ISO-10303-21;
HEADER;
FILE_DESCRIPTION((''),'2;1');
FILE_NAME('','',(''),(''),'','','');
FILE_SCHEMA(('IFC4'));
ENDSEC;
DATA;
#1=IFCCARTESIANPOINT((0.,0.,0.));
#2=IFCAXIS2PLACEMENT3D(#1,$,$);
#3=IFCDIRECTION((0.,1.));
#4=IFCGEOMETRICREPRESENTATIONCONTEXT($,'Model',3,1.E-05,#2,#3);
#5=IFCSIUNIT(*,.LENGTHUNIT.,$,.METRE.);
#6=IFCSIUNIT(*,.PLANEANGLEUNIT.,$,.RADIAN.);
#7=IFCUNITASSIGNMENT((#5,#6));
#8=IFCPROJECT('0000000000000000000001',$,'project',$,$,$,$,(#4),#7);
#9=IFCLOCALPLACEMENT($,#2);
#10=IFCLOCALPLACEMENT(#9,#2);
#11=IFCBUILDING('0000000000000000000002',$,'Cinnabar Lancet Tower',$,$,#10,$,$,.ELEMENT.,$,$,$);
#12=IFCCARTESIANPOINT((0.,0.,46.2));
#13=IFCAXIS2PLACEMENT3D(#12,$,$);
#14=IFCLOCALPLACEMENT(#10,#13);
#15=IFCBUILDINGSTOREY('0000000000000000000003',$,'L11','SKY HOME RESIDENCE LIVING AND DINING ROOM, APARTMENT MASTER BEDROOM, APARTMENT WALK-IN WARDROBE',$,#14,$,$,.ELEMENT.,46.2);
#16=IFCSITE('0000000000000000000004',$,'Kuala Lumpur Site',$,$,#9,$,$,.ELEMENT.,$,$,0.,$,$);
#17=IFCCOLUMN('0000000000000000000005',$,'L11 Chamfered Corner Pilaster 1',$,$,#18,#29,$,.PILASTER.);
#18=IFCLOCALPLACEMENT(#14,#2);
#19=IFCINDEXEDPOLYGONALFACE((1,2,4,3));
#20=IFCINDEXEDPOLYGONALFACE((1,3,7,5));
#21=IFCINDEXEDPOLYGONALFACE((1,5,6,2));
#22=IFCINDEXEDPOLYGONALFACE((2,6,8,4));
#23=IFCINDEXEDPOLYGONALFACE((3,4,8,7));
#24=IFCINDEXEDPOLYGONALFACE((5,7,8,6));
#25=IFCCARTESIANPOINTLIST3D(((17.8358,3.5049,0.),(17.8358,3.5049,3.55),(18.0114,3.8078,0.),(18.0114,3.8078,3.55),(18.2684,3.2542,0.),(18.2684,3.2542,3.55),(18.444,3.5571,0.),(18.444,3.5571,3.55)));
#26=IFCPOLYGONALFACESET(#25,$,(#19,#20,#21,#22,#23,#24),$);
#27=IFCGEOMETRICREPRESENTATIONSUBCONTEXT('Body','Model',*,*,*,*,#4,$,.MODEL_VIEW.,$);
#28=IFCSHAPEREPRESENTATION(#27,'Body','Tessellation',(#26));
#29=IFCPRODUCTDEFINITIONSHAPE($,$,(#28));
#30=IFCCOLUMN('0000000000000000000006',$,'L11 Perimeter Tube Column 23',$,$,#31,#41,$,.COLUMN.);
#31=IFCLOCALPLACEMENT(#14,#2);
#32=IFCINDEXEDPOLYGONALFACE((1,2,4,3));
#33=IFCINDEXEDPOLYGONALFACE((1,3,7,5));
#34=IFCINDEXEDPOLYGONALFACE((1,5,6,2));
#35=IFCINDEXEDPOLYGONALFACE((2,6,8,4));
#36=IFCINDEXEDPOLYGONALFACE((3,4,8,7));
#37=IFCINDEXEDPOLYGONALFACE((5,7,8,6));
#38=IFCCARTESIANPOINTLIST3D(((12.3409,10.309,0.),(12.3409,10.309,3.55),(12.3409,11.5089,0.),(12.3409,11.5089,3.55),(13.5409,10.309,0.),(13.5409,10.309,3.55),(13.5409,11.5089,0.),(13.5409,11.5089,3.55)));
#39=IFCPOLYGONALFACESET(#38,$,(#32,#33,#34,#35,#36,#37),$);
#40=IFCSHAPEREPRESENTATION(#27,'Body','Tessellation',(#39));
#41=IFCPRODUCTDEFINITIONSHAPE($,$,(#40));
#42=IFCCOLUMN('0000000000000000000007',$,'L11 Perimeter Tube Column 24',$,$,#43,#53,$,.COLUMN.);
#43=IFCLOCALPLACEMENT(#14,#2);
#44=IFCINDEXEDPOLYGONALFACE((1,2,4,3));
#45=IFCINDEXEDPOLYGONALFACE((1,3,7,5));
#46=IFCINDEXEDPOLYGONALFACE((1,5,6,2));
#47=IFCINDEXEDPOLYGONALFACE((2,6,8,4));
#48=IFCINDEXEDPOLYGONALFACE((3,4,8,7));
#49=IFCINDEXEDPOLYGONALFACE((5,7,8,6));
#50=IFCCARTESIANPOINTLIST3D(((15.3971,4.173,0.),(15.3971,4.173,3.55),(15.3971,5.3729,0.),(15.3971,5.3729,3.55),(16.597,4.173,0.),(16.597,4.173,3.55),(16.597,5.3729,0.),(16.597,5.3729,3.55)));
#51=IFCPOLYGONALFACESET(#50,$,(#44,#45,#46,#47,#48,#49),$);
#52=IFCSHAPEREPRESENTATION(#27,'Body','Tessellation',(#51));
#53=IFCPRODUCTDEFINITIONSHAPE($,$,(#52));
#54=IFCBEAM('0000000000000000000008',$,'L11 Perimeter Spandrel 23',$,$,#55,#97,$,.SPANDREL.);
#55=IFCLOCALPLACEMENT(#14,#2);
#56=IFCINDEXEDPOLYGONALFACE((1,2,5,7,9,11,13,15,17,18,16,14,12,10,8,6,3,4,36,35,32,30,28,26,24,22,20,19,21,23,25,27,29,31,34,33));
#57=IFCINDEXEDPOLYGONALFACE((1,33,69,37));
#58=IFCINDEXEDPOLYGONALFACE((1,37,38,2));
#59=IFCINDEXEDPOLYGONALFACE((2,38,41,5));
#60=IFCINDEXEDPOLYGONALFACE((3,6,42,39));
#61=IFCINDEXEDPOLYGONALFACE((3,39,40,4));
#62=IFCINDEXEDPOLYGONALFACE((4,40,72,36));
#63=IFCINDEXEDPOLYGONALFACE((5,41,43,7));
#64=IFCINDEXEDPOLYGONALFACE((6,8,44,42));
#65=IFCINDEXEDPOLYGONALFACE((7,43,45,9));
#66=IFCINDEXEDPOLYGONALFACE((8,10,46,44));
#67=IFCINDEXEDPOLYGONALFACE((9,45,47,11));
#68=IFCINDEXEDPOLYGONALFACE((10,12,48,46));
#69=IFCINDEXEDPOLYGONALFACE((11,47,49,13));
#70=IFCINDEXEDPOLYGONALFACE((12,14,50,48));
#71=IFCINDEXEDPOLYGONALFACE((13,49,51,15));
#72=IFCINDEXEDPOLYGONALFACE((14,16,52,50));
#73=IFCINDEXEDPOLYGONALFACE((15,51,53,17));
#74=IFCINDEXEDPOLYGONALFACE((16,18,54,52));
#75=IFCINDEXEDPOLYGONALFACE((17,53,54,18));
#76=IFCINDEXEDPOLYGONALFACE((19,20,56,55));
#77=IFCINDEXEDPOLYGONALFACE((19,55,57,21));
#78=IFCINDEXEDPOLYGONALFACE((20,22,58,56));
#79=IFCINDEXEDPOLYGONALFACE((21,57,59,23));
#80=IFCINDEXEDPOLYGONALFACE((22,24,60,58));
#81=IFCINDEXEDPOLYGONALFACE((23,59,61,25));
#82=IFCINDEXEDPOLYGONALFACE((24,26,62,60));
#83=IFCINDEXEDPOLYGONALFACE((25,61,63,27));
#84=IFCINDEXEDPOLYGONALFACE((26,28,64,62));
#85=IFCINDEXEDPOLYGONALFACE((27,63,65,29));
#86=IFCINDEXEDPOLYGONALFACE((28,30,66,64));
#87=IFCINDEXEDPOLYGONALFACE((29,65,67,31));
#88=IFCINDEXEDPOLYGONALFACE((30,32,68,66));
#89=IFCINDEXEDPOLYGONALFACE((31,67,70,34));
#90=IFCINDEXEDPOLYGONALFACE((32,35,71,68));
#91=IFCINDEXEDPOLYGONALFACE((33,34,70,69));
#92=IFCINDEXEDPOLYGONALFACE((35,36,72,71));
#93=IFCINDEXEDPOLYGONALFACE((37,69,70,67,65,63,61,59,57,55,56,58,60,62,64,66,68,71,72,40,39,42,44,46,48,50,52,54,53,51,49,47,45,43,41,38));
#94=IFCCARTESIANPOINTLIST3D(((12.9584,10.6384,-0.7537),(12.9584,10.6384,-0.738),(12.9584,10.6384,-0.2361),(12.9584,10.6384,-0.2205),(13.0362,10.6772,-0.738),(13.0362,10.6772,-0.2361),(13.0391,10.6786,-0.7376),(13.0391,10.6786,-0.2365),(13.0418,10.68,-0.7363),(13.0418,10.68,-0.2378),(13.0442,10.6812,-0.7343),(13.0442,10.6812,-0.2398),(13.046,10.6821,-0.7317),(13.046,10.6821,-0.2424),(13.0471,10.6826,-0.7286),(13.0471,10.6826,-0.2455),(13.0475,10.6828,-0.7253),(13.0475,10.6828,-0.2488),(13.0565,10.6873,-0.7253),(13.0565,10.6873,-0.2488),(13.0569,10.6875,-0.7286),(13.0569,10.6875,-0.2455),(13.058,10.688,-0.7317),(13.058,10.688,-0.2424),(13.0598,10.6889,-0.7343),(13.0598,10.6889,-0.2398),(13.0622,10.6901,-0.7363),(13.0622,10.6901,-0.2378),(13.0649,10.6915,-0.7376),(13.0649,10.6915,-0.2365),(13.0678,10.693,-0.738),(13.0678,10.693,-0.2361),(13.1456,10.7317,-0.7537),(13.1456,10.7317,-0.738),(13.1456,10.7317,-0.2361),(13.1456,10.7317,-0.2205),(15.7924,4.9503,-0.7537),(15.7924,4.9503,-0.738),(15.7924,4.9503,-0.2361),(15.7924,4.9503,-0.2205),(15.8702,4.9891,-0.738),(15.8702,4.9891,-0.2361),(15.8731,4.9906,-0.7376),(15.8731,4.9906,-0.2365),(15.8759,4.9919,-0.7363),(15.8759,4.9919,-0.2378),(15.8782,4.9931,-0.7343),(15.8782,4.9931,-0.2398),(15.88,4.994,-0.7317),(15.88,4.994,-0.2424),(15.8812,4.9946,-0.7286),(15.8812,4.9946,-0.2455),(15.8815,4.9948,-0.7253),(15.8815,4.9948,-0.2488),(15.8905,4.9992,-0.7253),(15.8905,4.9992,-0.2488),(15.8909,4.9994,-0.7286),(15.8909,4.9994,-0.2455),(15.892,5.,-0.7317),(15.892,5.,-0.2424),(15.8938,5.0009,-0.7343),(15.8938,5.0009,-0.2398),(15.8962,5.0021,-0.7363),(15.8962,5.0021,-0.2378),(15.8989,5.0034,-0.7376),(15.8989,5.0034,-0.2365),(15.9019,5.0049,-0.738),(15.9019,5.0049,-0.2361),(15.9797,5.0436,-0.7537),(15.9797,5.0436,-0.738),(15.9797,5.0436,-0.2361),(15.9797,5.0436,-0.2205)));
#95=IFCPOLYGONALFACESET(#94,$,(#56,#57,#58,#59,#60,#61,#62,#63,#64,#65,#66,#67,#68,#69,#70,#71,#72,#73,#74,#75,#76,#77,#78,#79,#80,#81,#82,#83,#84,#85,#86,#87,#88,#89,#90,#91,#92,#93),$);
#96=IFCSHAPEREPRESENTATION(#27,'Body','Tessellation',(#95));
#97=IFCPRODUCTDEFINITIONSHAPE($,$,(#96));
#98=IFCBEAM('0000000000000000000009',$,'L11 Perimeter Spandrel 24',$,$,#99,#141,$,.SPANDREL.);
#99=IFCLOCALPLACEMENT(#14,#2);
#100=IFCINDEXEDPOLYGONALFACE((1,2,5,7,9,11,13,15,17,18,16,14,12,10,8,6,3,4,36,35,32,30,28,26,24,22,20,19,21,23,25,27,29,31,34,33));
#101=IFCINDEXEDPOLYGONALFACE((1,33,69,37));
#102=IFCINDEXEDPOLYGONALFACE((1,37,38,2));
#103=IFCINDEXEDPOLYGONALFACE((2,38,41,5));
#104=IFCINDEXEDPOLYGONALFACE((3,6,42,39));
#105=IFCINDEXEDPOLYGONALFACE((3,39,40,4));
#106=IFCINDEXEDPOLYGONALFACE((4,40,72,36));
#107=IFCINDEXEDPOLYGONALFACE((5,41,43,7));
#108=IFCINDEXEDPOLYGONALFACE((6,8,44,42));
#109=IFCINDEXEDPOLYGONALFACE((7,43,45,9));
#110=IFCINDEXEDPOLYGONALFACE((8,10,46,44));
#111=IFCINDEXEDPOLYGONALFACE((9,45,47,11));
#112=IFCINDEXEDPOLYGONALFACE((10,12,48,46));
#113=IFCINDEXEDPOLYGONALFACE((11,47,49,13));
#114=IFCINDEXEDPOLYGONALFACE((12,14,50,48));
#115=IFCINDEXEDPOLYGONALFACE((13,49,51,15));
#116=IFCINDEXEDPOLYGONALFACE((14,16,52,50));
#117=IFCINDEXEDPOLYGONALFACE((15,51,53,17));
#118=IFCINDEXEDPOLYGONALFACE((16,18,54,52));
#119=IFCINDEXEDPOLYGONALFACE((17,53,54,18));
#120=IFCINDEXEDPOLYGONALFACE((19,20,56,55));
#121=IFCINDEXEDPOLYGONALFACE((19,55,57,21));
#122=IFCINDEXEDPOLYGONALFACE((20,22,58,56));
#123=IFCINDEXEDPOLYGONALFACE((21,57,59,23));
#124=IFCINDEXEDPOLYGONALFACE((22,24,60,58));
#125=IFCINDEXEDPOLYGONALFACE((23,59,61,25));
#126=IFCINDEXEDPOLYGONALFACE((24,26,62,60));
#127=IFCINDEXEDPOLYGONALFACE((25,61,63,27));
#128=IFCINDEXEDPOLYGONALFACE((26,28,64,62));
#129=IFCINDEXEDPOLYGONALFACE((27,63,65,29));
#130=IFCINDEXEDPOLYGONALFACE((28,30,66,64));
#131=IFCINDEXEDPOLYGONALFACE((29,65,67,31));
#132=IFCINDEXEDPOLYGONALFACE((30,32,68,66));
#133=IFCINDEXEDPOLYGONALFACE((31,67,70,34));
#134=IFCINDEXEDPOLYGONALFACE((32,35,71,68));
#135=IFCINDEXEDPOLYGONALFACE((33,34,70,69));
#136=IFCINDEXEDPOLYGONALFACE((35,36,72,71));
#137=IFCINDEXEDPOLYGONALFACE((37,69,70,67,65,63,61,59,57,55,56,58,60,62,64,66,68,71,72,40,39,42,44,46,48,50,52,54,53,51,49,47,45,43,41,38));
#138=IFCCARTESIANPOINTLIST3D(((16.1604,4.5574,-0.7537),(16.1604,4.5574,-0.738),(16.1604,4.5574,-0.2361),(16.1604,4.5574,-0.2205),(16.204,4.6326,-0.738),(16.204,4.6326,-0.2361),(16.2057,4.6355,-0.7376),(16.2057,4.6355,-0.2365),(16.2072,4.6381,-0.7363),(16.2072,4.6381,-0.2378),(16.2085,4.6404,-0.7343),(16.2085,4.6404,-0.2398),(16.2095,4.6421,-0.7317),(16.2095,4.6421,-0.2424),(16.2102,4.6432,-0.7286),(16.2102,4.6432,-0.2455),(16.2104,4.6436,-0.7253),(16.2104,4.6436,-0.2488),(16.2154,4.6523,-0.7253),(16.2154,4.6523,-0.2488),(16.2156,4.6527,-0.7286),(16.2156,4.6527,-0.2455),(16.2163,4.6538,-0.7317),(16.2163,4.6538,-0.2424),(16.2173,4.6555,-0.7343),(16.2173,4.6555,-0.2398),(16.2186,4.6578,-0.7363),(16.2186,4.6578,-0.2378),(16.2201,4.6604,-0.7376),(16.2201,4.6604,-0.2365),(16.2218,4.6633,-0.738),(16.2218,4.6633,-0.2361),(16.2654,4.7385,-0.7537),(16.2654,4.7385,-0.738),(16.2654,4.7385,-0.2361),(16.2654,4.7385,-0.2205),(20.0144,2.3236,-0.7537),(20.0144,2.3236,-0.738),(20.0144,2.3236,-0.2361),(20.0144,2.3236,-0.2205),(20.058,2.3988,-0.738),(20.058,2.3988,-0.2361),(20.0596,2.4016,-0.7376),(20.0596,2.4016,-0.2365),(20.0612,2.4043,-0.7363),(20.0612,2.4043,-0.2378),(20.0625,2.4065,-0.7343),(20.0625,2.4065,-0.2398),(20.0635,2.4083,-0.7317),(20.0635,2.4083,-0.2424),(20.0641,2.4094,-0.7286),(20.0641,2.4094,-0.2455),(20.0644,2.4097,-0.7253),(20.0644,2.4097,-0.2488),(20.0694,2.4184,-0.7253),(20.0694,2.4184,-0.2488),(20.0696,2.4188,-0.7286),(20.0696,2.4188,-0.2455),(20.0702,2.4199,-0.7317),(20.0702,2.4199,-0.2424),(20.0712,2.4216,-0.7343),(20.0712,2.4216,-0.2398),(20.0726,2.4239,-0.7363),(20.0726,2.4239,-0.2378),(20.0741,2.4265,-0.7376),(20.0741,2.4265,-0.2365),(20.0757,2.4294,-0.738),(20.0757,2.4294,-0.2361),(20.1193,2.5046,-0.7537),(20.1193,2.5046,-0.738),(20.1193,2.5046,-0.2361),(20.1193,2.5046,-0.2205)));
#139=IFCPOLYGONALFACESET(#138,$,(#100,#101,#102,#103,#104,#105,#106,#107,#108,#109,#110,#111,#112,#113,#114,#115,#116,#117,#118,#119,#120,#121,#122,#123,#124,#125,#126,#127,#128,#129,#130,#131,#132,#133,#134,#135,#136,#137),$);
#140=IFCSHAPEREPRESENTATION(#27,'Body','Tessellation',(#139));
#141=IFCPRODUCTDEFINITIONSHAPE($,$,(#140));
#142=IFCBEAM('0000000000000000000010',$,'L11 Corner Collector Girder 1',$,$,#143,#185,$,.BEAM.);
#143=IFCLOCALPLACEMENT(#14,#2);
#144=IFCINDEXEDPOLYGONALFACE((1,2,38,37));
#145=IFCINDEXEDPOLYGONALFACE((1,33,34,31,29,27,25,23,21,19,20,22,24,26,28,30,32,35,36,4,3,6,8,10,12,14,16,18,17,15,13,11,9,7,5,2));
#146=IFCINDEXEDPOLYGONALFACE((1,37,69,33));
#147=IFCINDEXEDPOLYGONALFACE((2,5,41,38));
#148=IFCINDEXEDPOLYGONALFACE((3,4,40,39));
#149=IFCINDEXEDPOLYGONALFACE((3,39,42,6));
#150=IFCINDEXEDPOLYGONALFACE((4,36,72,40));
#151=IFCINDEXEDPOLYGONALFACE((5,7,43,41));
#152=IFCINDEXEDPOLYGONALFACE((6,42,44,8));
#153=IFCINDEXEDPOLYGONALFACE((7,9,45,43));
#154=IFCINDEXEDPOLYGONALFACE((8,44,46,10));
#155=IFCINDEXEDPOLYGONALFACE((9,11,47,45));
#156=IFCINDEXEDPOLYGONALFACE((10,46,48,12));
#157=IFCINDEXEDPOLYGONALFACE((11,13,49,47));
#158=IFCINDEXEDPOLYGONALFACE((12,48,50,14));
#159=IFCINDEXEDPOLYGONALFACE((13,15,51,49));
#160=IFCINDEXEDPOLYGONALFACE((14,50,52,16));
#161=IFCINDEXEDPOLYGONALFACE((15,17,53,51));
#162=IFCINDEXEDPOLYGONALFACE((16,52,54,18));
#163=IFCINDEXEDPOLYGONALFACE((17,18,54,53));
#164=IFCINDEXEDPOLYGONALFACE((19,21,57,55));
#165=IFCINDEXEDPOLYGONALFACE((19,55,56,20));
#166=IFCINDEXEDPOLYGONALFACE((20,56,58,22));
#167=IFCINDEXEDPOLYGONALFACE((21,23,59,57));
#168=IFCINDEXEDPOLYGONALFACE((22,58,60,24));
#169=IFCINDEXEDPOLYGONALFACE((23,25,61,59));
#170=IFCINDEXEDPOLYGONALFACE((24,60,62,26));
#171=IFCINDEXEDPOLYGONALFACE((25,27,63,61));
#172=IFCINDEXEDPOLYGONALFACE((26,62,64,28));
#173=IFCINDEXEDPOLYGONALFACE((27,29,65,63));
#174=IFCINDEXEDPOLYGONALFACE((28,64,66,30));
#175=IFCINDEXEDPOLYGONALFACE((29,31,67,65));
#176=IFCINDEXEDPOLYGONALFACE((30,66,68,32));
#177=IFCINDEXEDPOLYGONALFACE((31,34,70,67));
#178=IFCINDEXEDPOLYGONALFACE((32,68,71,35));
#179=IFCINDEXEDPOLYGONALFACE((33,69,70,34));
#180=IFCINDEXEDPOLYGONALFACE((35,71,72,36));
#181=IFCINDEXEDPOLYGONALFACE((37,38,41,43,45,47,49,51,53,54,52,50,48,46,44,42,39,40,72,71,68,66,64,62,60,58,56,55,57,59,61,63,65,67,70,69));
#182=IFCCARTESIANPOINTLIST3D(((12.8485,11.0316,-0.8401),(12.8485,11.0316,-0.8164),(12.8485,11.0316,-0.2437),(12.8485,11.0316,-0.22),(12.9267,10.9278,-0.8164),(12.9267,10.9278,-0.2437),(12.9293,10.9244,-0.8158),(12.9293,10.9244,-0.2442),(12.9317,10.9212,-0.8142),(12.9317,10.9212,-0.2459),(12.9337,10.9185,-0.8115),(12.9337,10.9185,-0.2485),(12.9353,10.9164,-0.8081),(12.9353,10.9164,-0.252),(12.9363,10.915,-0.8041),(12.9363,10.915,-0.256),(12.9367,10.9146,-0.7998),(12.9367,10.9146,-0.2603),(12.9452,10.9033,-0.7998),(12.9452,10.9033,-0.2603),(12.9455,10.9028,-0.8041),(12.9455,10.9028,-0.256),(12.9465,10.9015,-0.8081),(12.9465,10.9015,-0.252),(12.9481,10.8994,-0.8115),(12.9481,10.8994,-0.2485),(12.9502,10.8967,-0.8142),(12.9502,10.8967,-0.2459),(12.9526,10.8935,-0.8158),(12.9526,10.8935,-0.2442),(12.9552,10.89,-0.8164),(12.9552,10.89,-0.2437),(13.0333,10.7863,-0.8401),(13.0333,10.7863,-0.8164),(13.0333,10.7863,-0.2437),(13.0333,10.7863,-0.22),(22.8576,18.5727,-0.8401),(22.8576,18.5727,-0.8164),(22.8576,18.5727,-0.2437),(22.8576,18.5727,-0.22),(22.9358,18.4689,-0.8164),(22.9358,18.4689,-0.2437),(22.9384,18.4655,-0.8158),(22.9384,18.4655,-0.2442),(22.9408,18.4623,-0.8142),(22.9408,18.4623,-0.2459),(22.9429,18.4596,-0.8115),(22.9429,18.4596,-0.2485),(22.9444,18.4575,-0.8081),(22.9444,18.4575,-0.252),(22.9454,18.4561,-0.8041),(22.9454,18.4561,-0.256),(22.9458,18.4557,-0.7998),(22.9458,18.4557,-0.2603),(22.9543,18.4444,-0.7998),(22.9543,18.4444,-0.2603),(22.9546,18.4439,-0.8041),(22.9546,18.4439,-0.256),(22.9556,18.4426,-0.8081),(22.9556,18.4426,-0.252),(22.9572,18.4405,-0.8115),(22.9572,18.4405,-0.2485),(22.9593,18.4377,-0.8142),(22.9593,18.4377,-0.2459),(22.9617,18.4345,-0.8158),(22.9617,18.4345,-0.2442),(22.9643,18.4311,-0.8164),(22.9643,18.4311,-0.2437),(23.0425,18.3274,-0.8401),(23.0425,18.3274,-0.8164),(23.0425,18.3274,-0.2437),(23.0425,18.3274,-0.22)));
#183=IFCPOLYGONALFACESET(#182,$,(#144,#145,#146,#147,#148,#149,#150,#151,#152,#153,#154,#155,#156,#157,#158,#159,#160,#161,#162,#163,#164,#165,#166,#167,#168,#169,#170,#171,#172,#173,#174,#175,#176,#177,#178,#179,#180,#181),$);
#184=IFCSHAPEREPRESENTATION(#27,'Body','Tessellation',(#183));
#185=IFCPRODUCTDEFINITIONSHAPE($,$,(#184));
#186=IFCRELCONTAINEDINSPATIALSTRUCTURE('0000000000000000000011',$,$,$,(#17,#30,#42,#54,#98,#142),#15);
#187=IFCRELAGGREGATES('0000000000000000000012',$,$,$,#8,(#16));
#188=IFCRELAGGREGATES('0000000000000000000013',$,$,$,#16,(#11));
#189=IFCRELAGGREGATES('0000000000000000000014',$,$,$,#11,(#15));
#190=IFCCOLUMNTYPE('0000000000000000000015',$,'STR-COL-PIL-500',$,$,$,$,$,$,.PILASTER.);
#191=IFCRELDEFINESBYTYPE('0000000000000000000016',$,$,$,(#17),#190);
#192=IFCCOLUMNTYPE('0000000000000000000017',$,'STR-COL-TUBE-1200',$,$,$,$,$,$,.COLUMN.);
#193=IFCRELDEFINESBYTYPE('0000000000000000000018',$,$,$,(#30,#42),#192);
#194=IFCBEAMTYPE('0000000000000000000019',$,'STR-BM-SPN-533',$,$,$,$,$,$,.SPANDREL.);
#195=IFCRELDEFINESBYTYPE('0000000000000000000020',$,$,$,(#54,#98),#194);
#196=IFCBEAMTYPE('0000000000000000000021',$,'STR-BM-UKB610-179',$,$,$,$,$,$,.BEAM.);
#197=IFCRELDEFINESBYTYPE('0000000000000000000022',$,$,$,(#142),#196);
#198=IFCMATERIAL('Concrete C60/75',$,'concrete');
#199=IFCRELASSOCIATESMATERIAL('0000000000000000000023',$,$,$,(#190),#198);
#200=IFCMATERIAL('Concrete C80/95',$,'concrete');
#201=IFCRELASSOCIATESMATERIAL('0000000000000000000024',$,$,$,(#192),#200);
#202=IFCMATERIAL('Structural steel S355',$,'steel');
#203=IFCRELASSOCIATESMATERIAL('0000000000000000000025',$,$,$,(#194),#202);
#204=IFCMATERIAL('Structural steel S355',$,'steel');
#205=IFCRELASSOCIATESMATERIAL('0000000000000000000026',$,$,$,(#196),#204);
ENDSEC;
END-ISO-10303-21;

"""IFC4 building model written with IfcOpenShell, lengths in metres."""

from ifc_helpers import new_model, si_unit, direction, frame, origin, origin_2d, place, context, subcontext, project, spatial, rectangle, i_section, extrude, material, material_profile, profile_set, type_object, element, save


model = new_model("IFC4")

# Units and contexts
model_context = context("Model", 3, precision=1e-05, world=origin(), true_north=direction((0.0, 1.0)))
body_context = subcontext(model_context, "Body", "Model", "MODEL_VIEW")
ifc_project = project(units=[si_unit("LENGTHUNIT", "METRE"), si_unit("PLANEANGLEUNIT", "RADIAN")], contexts=[model_context])

# Site, building, storey
site_placement = place(None, origin())
site = spatial("IfcSite", under=ifc_project, at=site_placement, Name="Kuala Lumpur Site", CompositionType="ELEMENT", RefElevation=0.0)
building_placement = place(site_placement, origin())
building = spatial("IfcBuilding", under=site, at=building_placement, Name="Cinnabar Lancet Tower", CompositionType="ELEMENT")
storey_placement = place(building_placement, frame((0.0, 0.0, 46.2)))
storey = spatial("IfcBuildingStorey", under=building, at=storey_placement, Name="L11", Description="SKY HOME RESIDENCE LIVING AND DINING ROOM, APARTMENT MASTER BEDROOM, APARTMENT WALK-IN WARDROBE", CompositionType="ELEMENT", Elevation=46.2)

# Columns
ifc_material_1 = material(Name="Concrete C60/75", Category="concrete")
ifc_material_profile_1 = material_profile(ifc_material_1, rectangle(XDim=0.5, YDim=0.3501, at=origin_2d()), Name="RC-PIL 500x350")
ifc_profile_set_1 = profile_set([ifc_material_profile_1], Name="Concrete C60/75")
column_type_1 = type_object("IfcColumnType", Name="STR-COL-PIL-500", PredefinedType="PILASTER", material=ifc_profile_set_1)
column_placement = place(storey_placement, frame((18.1399, 3.531, 0.0), z_axis=(0.0, 0.0, 1.0), x_axis=(0.865195, -0.501435, 0.0)))
element("IfcColumn", 1, at=column_placement, inside=storey, type_object=column_type_1, Name="L11 Chamfered Corner Pilaster 1", PredefinedType="PILASTER", context=body_context, shape_type="SweptSolid", body=[
    extrude(rectangle(XDim=0.5, YDim=0.3501, at=origin_2d()), origin(), (0.0, 0.0, 1.0), 3.55),
])
ifc_material_2 = material(Name="Concrete C80/95", Category="concrete")
ifc_material_profile_2 = material_profile(ifc_material_2, rectangle(XDim=1.2, YDim=1.2, at=origin_2d()), Name="RC-COL 1200x1200")
ifc_profile_set_2 = profile_set([ifc_material_profile_2], Name="Concrete C80/95")
column_type_2 = type_object("IfcColumnType", Name="STR-COL-TUBE-1200", PredefinedType="COLUMN", material=ifc_profile_set_2)
for number, where, z_axis, x_axis, name in (
    (2, (12.9409, 10.9089, 0.0), (0.0, 0.0, 1.0), (1.0, 0.0, 0.0), "L11 Perimeter Tube Column 23"),
    (3, (15.9971, 4.7729, 0.0), (0.0, 0.0, 1.0), (1.0, 0.0, 0.0), "L11 Perimeter Tube Column 24"),
):
    element("IfcColumn", number, at=place(storey_placement, frame(where, z_axis=z_axis, x_axis=x_axis)), inside=storey, type_object=column_type_2, Name=name, PredefinedType="COLUMN", context=body_context, shape_type="SweptSolid", body=[
        extrude(rectangle(XDim=1.2, YDim=1.2, at=origin_2d()), origin(), (0.0, 0.0, 1.0), 3.55),
    ])

# Beams
ifc_material_3 = material(Name="Structural steel S355", Category="steel")
ifc_material_profile_3 = material_profile(ifc_material_3, i_section(OverallWidth=0.2092, OverallDepth=0.5332, WebThickness=0.01, FlangeThickness=0.0156, FilletRadius=0.0127, at=origin_2d()), Name="UKB 533x210x92")
ifc_profile_set_3 = profile_set([ifc_material_profile_3], Name="Structural steel S355")
beam_type_1 = type_object("IfcBeamType", Name="STR-BM-SPN-533", PredefinedType="SPANDREL", material=ifc_profile_set_3)
beam_1_placement = place(storey_placement, frame((13.052, 10.6851, -0.4871), z_axis=(0.445953, -0.895056, 0.0), x_axis=(0.895056, 0.445953, 0.0)))
element("IfcBeam", 4, at=beam_1_placement, inside=storey, type_object=beam_type_1, Name="L11 Perimeter Spandrel 23", PredefinedType="SPANDREL", context=body_context, shape_type="SweptSolid", body=[
    extrude(i_section(OverallWidth=0.2092, OverallDepth=0.5332, WebThickness=0.01, FlangeThickness=0.0156, FilletRadius=0.0127, at=origin_2d()), origin(), (0.0, 0.0, 1.0), 6.355),
])
beam_2_placement = place(storey_placement, frame((16.2129, 4.6479, -0.4871), z_axis=(0.865171, -0.501477, 0.0), x_axis=(0.501477, 0.865171, 0.0)))
element("IfcBeam", 5, at=beam_2_placement, inside=storey, type_object=beam_type_1, Name="L11 Perimeter Spandrel 24", PredefinedType="SPANDREL", context=body_context, shape_type="SweptSolid", body=[
    extrude(i_section(OverallWidth=0.2092, OverallDepth=0.5332, WebThickness=0.01, FlangeThickness=0.0156, FilletRadius=0.0127, at=origin_2d()), origin(), (0.0, 0.0, 1.0), 4.4546),
])
ifc_material_4 = material(Name="Structural steel S355", Category="steel")
ifc_material_profile_4 = material_profile(ifc_material_4, i_section(OverallWidth=0.3071, OverallDepth=0.6201, WebThickness=0.0142, FlangeThickness=0.0237, FilletRadius=0.0166, at=origin_2d()), Name="UKB 610x305x179")
ifc_profile_set_4 = profile_set([ifc_material_profile_4], Name="Structural steel S355")
beam_type_2 = type_object("IfcBeamType", Name="STR-BM-UKB610-179", PredefinedType="BEAM", material=ifc_profile_set_4)
beam_3_placement = place(storey_placement, frame((12.9409, 10.9089, -0.53), z_axis=(0.798687, 0.601747, 0.0), x_axis=(-0.601747, 0.798687, 0.0)))
element("IfcBeam", 6, at=beam_3_placement, inside=storey, type_object=beam_type_2, Name="L11 Corner Collector Girder 1", PredefinedType="BEAM", context=body_context, shape_type="SweptSolid", body=[
    extrude(i_section(OverallWidth=0.3071, OverallDepth=0.6201, WebThickness=0.0142, FlangeThickness=0.0237, FilletRadius=0.0166, at=origin_2d()), origin(), (0.0, 0.0, 1.0), 12.532),
])

save(model, "model.ifc")
